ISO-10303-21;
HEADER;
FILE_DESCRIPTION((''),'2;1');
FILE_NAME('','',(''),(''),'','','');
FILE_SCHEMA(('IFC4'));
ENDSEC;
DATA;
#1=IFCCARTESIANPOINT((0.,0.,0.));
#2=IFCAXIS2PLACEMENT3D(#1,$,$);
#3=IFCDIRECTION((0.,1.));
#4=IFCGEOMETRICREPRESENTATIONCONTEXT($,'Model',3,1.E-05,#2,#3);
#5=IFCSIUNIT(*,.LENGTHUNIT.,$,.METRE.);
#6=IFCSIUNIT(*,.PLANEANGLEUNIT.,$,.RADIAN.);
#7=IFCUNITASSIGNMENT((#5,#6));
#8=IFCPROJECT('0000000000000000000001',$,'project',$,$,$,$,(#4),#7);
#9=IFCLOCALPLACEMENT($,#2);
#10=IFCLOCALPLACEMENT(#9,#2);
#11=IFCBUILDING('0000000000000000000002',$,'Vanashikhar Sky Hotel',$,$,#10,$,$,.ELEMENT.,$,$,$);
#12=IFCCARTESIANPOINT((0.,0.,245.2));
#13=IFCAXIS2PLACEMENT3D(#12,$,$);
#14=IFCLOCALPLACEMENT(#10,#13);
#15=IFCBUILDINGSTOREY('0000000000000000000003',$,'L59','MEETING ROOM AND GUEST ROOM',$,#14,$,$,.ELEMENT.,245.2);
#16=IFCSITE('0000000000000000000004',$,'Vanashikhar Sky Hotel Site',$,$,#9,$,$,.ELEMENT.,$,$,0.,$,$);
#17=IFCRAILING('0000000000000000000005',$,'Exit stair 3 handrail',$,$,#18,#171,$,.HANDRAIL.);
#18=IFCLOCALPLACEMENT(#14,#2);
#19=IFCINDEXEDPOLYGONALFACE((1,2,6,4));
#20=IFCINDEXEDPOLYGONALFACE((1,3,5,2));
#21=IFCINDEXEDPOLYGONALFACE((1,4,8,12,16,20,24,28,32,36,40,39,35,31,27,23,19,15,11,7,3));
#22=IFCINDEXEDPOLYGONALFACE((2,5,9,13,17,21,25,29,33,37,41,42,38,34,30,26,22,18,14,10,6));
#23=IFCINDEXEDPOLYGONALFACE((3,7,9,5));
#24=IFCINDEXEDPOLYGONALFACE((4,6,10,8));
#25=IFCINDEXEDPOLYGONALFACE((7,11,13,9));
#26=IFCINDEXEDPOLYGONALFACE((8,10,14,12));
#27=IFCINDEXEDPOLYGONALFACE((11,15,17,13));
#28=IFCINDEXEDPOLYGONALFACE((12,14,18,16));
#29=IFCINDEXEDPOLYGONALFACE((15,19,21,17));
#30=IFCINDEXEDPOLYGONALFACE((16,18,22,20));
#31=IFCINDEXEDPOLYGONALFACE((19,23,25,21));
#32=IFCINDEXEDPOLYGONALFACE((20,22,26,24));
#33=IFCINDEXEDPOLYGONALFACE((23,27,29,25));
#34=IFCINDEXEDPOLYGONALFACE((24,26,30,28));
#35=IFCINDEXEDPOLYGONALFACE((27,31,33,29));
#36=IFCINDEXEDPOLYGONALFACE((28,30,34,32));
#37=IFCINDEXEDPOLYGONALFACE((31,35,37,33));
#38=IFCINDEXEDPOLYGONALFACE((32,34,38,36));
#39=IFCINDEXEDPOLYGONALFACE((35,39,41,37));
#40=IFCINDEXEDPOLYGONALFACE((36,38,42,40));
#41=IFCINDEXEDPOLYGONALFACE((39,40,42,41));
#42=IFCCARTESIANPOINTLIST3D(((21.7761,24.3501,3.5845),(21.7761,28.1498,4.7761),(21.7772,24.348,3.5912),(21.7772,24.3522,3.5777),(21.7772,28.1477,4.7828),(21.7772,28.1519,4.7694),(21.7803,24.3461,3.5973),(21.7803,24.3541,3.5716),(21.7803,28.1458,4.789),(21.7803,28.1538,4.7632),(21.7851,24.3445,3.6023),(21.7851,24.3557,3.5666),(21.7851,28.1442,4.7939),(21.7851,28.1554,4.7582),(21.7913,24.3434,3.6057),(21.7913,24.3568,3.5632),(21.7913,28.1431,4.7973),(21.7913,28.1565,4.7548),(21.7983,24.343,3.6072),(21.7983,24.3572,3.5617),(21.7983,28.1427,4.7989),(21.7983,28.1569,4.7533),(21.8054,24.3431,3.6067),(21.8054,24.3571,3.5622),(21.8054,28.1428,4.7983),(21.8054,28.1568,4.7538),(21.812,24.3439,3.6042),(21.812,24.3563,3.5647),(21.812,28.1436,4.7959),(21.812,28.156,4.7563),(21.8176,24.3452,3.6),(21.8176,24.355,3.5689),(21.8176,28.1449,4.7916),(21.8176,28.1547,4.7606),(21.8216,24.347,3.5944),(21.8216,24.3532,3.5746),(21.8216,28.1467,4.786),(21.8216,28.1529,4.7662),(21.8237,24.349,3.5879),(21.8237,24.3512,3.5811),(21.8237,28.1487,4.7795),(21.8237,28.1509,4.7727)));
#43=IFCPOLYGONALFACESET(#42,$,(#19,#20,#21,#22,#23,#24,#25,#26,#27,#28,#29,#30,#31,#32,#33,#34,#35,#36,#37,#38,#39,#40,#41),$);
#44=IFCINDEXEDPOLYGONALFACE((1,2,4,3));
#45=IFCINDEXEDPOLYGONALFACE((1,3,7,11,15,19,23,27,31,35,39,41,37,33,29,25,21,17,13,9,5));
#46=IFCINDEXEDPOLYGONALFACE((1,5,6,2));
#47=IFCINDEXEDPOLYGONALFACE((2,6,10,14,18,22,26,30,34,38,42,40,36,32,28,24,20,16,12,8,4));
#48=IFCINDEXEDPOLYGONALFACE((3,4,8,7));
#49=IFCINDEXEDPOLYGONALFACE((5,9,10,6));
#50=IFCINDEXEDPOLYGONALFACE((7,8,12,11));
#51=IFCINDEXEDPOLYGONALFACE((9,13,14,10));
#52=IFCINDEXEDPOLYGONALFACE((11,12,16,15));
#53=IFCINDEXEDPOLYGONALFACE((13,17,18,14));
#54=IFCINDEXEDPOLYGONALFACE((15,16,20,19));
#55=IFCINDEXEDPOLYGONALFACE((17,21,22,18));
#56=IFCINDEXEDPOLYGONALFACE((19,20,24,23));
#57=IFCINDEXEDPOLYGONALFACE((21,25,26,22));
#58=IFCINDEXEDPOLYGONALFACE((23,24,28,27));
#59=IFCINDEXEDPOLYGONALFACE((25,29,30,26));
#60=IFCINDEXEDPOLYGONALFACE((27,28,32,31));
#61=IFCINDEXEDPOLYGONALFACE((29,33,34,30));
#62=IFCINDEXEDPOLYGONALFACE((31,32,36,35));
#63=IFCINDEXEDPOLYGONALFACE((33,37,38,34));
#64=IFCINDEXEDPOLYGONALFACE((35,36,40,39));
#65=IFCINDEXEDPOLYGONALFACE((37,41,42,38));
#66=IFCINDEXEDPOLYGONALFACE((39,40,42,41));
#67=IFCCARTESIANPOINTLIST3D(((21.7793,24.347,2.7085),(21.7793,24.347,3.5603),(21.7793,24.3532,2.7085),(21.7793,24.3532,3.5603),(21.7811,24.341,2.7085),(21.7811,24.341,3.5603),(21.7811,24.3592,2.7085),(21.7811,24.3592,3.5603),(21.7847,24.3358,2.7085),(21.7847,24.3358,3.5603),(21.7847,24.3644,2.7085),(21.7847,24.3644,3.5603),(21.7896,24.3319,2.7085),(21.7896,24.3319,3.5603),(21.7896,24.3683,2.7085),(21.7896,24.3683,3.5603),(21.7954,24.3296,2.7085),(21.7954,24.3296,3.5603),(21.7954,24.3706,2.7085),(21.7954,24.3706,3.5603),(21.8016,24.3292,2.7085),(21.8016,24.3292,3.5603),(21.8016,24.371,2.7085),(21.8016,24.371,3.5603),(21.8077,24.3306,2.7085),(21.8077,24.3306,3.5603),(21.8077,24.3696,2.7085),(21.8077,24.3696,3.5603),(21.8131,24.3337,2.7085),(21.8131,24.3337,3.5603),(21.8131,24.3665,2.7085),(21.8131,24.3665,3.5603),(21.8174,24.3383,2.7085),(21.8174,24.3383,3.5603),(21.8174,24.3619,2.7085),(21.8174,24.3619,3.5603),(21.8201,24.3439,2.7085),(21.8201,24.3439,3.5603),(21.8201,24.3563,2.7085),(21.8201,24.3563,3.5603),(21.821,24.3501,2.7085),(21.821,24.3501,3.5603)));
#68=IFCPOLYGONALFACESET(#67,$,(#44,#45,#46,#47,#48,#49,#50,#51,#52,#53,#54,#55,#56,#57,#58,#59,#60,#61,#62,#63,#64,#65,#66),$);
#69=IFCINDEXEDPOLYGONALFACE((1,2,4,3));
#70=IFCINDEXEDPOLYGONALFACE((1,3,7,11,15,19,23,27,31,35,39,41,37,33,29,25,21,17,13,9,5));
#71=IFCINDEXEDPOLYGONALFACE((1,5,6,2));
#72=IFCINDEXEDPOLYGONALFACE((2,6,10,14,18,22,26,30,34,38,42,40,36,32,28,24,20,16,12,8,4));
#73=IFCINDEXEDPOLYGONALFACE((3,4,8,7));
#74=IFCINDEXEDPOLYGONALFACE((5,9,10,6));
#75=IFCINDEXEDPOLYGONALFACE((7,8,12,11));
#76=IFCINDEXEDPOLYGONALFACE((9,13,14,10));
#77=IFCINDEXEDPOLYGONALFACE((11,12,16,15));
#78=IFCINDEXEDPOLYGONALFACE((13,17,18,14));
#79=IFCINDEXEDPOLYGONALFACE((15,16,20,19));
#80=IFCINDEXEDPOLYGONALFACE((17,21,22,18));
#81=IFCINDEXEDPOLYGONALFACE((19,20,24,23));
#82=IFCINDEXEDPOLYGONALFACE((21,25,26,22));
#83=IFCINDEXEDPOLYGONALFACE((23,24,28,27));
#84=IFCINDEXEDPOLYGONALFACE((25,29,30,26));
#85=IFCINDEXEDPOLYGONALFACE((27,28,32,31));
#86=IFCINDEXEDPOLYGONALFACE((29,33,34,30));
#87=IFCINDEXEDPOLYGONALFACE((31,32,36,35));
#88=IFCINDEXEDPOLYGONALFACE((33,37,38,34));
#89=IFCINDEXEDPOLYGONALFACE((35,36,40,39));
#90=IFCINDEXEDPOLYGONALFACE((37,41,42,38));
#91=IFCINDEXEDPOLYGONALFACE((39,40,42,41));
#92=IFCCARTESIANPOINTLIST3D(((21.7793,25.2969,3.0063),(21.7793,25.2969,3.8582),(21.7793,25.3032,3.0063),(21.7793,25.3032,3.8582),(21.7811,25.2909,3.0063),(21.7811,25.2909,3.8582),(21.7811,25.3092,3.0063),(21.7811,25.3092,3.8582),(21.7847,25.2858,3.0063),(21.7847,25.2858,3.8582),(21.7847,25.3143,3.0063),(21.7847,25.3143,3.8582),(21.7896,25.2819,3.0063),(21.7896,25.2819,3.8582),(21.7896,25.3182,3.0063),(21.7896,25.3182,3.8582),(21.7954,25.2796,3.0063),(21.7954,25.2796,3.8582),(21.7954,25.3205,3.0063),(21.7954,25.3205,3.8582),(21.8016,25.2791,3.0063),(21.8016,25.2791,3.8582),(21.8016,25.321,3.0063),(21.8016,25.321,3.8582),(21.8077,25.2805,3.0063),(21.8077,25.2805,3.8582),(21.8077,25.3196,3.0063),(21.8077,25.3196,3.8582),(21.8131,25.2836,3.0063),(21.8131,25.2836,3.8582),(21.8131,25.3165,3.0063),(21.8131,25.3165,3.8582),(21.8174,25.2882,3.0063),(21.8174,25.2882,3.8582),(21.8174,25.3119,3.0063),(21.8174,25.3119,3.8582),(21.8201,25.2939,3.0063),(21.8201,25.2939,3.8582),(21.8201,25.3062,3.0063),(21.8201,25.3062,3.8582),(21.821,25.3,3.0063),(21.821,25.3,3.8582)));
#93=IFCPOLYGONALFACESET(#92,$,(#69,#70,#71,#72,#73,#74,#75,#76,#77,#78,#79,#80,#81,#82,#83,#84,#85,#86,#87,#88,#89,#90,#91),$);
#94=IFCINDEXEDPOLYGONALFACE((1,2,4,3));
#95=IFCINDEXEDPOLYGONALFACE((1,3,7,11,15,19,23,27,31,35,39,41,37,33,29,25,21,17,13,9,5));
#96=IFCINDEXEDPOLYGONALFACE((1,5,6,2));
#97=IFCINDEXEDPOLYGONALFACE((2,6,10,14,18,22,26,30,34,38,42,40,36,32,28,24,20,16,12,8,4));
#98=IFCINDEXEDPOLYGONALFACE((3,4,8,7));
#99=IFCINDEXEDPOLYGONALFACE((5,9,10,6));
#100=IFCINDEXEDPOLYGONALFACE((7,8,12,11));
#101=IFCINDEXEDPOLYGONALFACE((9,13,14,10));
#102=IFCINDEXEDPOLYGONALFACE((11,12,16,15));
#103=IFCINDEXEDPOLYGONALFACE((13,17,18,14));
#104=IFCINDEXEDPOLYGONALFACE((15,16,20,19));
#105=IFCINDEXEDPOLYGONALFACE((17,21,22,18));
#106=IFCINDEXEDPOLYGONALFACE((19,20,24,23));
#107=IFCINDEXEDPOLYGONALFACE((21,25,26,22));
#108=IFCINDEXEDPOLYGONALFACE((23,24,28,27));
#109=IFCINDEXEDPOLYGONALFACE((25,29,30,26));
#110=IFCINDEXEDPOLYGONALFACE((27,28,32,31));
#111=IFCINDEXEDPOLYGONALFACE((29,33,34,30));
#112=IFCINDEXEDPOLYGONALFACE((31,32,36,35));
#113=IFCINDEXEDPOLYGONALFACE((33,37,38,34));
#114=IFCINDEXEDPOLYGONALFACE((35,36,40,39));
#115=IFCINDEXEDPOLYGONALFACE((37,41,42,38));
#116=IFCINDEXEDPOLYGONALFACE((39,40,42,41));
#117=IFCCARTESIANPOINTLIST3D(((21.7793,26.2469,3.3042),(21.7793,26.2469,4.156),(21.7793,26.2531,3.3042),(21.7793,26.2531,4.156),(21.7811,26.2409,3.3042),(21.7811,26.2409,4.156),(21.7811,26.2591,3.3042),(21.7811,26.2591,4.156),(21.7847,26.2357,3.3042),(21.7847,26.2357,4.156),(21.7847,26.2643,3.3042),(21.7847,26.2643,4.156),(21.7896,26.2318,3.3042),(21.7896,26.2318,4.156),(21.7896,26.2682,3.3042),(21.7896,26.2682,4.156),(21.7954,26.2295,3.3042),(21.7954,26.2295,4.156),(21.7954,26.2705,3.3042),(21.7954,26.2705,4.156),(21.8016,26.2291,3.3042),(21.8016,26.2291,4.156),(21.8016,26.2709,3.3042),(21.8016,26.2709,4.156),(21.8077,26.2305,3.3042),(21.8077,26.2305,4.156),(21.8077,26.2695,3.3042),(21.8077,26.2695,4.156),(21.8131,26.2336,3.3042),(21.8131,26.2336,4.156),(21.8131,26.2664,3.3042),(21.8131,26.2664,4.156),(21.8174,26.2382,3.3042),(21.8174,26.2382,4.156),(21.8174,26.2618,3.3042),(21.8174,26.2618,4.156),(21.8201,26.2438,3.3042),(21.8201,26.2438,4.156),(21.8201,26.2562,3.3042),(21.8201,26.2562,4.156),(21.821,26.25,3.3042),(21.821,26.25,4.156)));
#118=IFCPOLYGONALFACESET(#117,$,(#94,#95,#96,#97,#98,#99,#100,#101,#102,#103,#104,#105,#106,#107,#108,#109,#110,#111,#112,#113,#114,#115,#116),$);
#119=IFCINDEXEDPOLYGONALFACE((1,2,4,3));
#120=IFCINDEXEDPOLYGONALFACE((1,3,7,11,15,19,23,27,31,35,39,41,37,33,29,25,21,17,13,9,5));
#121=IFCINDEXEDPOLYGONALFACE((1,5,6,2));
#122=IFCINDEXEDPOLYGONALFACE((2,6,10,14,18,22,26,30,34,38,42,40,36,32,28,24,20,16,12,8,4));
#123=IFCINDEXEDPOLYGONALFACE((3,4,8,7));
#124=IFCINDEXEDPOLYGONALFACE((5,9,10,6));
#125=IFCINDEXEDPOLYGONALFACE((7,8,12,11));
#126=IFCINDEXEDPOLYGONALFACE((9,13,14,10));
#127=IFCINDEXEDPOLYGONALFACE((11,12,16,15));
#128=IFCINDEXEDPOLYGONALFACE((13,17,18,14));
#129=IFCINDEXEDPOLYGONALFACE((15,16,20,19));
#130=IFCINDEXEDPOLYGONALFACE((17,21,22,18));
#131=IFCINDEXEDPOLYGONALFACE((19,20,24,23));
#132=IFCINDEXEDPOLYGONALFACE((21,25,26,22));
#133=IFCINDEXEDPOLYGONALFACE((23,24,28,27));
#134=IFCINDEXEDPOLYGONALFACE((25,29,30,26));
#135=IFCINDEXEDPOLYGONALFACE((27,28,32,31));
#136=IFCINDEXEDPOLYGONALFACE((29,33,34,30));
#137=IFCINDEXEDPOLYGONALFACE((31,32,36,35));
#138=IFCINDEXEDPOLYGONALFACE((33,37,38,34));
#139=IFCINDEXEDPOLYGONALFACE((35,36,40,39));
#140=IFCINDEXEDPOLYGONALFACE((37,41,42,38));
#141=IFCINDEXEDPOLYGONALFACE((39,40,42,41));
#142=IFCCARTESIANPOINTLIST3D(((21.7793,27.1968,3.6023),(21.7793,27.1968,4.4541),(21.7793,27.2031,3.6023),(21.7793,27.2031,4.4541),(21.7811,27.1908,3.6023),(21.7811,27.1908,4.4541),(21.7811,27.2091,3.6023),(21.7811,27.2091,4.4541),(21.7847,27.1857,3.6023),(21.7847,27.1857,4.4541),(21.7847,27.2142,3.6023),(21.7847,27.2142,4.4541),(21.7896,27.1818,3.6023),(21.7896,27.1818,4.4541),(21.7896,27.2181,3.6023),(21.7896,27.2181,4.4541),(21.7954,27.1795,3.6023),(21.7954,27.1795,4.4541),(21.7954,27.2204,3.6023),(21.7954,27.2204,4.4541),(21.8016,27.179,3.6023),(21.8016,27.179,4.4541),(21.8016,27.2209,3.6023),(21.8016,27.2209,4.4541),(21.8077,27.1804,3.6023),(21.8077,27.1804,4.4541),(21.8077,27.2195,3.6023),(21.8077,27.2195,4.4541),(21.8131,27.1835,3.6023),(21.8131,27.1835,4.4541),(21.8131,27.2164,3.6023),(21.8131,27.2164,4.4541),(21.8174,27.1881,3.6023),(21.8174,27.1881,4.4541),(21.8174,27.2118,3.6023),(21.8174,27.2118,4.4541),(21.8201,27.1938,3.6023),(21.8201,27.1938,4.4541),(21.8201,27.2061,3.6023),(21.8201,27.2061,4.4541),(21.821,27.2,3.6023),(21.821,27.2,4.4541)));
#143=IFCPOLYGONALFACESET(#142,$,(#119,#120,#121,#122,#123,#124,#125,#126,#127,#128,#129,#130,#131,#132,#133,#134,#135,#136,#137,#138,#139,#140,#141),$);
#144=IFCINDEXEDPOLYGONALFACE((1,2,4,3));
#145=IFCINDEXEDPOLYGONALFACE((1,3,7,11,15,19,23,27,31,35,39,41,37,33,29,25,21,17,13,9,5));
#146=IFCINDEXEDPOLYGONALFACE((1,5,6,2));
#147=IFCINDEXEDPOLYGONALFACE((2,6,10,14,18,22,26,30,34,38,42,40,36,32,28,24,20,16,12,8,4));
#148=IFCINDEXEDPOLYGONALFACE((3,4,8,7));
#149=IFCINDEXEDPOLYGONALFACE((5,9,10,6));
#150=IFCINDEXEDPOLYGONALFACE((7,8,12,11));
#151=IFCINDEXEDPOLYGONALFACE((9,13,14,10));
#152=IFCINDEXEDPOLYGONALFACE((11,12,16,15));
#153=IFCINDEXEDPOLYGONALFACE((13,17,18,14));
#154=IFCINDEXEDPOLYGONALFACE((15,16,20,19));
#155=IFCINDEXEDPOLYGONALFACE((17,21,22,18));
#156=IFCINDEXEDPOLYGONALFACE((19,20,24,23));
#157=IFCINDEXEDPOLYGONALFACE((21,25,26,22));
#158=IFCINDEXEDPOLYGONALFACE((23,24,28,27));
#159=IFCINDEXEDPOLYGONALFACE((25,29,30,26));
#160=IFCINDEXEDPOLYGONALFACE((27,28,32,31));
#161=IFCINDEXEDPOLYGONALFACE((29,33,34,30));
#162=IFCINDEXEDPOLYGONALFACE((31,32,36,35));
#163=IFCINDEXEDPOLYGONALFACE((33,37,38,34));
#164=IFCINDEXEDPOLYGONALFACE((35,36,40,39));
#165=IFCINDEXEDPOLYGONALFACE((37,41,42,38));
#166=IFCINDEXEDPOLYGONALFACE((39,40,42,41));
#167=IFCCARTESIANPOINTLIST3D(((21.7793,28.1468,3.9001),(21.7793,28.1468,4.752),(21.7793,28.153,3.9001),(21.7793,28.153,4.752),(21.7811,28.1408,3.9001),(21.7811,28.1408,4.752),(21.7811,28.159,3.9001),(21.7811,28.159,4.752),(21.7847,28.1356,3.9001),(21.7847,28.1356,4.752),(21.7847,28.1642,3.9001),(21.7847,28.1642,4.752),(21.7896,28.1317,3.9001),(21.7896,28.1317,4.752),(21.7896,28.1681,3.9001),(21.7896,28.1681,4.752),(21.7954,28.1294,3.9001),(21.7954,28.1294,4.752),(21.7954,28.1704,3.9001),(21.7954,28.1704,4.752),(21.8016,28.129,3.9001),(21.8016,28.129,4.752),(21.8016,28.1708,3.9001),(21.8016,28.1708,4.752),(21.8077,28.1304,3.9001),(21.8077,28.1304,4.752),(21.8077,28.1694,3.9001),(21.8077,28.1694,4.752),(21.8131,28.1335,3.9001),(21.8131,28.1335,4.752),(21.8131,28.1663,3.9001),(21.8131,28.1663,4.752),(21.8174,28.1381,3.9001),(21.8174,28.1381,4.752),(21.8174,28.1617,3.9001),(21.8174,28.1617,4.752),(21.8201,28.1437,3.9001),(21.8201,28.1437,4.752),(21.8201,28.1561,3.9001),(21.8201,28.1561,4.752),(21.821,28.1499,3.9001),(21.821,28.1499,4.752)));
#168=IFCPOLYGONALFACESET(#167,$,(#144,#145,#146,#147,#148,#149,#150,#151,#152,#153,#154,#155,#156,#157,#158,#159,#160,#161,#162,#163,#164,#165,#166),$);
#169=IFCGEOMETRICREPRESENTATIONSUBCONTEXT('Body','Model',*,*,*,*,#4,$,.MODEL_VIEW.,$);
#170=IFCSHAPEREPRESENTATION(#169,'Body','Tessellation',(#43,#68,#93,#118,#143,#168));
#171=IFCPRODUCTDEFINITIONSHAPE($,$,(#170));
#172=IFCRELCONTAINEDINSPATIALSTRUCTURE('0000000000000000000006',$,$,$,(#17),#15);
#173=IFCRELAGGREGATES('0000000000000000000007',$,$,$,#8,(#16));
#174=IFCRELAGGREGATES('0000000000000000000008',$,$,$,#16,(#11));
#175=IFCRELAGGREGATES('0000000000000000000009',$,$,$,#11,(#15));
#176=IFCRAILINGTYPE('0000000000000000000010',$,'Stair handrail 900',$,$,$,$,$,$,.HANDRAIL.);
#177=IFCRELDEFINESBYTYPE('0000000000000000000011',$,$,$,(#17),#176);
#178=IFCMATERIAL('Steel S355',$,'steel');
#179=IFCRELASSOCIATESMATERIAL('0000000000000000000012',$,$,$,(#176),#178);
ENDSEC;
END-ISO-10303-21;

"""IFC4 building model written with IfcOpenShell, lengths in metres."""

from ifc_helpers import new_model, si_unit, direction, frame, origin, origin_2d, place, context, subcontext, project, spatial, circle, extrude, source, transform, mapped, material, type_object, element, save


model = new_model("IFC4")

# Units and contexts
model_context = context("Model", 3, precision=1e-05, world=origin(), true_north=direction((0.0, 1.0)))
body_context = subcontext(model_context, "Body", "Model", "MODEL_VIEW")
ifc_project = project(units=[si_unit("LENGTHUNIT", "METRE"), si_unit("PLANEANGLEUNIT", "RADIAN")], contexts=[model_context])

# Site, building, storey
site_placement = place(None, origin())
site = spatial("IfcSite", under=ifc_project, at=site_placement, Name="Vanashikhar Sky Hotel Site", CompositionType="ELEMENT", RefElevation=0.0)
building_placement = place(site_placement, origin())
building = spatial("IfcBuilding", under=site, at=building_placement, Name="Vanashikhar Sky Hotel", CompositionType="ELEMENT")
storey_placement = place(building_placement, frame((0.0, 0.0, 245.2)))
storey = spatial("IfcBuildingStorey", under=building, at=storey_placement, Name="L59", Description="MEETING ROOM AND GUEST ROOM", CompositionType="ELEMENT", Elevation=245.2)

# Railing
ifc_material_1 = material(Name="Steel S355", Category="steel")
railing_type = type_object("IfcRailingType", Name="Stair handrail 900", PredefinedType="HANDRAIL", material=ifc_material_1)
shared_shape_1 = source(origin(), body_context, "Body", "SweptSolid", [
    extrude(circle(Radius=0.0239, at=origin_2d()), frame((0.0, 0.0, 0.876), z_axis=(0.0, 0.954178, 0.299238), x_axis=(-1.0, 0.0, 0.0)), (0.0, 0.0, 1.0), 3.9822),
    extrude(circle(Radius=0.021, at=origin_2d()), origin(), (0.0, 0.0, 1.0), 0.8518),
    extrude(circle(Radius=0.021, at=origin_2d()), frame((0.0, 0.95, 0.2979)), (0.0, 0.0, 1.0), 0.8518),
    extrude(circle(Radius=0.021, at=origin_2d()), frame((0.0, 1.8999, 0.5957)), (0.0, 0.0, 1.0), 0.8518),
    extrude(circle(Radius=0.021, at=origin_2d()), frame((0.0, 2.8499, 0.8938)), (0.0, 0.0, 1.0), 0.8518),
    extrude(circle(Radius=0.021, at=origin_2d()), frame((0.0, 3.7998, 1.1917)), (0.0, 0.0, 1.0), 0.8518),
])
for number, where, name in (
    (1, (21.8, 24.3501, 2.7085), "Exit stair 3 handrail"),
):
    element("IfcRailing", number, at=place(storey_placement, frame(where)), inside=storey, type_object=railing_type, Name=name, PredefinedType="HANDRAIL", context=body_context, shape_type="MappedRepresentation", body=[
        mapped(shared_shape_1, transform((0.0, 0.0, 0.0), scale=1.0)),
    ])

save(model, "model.ifc")
